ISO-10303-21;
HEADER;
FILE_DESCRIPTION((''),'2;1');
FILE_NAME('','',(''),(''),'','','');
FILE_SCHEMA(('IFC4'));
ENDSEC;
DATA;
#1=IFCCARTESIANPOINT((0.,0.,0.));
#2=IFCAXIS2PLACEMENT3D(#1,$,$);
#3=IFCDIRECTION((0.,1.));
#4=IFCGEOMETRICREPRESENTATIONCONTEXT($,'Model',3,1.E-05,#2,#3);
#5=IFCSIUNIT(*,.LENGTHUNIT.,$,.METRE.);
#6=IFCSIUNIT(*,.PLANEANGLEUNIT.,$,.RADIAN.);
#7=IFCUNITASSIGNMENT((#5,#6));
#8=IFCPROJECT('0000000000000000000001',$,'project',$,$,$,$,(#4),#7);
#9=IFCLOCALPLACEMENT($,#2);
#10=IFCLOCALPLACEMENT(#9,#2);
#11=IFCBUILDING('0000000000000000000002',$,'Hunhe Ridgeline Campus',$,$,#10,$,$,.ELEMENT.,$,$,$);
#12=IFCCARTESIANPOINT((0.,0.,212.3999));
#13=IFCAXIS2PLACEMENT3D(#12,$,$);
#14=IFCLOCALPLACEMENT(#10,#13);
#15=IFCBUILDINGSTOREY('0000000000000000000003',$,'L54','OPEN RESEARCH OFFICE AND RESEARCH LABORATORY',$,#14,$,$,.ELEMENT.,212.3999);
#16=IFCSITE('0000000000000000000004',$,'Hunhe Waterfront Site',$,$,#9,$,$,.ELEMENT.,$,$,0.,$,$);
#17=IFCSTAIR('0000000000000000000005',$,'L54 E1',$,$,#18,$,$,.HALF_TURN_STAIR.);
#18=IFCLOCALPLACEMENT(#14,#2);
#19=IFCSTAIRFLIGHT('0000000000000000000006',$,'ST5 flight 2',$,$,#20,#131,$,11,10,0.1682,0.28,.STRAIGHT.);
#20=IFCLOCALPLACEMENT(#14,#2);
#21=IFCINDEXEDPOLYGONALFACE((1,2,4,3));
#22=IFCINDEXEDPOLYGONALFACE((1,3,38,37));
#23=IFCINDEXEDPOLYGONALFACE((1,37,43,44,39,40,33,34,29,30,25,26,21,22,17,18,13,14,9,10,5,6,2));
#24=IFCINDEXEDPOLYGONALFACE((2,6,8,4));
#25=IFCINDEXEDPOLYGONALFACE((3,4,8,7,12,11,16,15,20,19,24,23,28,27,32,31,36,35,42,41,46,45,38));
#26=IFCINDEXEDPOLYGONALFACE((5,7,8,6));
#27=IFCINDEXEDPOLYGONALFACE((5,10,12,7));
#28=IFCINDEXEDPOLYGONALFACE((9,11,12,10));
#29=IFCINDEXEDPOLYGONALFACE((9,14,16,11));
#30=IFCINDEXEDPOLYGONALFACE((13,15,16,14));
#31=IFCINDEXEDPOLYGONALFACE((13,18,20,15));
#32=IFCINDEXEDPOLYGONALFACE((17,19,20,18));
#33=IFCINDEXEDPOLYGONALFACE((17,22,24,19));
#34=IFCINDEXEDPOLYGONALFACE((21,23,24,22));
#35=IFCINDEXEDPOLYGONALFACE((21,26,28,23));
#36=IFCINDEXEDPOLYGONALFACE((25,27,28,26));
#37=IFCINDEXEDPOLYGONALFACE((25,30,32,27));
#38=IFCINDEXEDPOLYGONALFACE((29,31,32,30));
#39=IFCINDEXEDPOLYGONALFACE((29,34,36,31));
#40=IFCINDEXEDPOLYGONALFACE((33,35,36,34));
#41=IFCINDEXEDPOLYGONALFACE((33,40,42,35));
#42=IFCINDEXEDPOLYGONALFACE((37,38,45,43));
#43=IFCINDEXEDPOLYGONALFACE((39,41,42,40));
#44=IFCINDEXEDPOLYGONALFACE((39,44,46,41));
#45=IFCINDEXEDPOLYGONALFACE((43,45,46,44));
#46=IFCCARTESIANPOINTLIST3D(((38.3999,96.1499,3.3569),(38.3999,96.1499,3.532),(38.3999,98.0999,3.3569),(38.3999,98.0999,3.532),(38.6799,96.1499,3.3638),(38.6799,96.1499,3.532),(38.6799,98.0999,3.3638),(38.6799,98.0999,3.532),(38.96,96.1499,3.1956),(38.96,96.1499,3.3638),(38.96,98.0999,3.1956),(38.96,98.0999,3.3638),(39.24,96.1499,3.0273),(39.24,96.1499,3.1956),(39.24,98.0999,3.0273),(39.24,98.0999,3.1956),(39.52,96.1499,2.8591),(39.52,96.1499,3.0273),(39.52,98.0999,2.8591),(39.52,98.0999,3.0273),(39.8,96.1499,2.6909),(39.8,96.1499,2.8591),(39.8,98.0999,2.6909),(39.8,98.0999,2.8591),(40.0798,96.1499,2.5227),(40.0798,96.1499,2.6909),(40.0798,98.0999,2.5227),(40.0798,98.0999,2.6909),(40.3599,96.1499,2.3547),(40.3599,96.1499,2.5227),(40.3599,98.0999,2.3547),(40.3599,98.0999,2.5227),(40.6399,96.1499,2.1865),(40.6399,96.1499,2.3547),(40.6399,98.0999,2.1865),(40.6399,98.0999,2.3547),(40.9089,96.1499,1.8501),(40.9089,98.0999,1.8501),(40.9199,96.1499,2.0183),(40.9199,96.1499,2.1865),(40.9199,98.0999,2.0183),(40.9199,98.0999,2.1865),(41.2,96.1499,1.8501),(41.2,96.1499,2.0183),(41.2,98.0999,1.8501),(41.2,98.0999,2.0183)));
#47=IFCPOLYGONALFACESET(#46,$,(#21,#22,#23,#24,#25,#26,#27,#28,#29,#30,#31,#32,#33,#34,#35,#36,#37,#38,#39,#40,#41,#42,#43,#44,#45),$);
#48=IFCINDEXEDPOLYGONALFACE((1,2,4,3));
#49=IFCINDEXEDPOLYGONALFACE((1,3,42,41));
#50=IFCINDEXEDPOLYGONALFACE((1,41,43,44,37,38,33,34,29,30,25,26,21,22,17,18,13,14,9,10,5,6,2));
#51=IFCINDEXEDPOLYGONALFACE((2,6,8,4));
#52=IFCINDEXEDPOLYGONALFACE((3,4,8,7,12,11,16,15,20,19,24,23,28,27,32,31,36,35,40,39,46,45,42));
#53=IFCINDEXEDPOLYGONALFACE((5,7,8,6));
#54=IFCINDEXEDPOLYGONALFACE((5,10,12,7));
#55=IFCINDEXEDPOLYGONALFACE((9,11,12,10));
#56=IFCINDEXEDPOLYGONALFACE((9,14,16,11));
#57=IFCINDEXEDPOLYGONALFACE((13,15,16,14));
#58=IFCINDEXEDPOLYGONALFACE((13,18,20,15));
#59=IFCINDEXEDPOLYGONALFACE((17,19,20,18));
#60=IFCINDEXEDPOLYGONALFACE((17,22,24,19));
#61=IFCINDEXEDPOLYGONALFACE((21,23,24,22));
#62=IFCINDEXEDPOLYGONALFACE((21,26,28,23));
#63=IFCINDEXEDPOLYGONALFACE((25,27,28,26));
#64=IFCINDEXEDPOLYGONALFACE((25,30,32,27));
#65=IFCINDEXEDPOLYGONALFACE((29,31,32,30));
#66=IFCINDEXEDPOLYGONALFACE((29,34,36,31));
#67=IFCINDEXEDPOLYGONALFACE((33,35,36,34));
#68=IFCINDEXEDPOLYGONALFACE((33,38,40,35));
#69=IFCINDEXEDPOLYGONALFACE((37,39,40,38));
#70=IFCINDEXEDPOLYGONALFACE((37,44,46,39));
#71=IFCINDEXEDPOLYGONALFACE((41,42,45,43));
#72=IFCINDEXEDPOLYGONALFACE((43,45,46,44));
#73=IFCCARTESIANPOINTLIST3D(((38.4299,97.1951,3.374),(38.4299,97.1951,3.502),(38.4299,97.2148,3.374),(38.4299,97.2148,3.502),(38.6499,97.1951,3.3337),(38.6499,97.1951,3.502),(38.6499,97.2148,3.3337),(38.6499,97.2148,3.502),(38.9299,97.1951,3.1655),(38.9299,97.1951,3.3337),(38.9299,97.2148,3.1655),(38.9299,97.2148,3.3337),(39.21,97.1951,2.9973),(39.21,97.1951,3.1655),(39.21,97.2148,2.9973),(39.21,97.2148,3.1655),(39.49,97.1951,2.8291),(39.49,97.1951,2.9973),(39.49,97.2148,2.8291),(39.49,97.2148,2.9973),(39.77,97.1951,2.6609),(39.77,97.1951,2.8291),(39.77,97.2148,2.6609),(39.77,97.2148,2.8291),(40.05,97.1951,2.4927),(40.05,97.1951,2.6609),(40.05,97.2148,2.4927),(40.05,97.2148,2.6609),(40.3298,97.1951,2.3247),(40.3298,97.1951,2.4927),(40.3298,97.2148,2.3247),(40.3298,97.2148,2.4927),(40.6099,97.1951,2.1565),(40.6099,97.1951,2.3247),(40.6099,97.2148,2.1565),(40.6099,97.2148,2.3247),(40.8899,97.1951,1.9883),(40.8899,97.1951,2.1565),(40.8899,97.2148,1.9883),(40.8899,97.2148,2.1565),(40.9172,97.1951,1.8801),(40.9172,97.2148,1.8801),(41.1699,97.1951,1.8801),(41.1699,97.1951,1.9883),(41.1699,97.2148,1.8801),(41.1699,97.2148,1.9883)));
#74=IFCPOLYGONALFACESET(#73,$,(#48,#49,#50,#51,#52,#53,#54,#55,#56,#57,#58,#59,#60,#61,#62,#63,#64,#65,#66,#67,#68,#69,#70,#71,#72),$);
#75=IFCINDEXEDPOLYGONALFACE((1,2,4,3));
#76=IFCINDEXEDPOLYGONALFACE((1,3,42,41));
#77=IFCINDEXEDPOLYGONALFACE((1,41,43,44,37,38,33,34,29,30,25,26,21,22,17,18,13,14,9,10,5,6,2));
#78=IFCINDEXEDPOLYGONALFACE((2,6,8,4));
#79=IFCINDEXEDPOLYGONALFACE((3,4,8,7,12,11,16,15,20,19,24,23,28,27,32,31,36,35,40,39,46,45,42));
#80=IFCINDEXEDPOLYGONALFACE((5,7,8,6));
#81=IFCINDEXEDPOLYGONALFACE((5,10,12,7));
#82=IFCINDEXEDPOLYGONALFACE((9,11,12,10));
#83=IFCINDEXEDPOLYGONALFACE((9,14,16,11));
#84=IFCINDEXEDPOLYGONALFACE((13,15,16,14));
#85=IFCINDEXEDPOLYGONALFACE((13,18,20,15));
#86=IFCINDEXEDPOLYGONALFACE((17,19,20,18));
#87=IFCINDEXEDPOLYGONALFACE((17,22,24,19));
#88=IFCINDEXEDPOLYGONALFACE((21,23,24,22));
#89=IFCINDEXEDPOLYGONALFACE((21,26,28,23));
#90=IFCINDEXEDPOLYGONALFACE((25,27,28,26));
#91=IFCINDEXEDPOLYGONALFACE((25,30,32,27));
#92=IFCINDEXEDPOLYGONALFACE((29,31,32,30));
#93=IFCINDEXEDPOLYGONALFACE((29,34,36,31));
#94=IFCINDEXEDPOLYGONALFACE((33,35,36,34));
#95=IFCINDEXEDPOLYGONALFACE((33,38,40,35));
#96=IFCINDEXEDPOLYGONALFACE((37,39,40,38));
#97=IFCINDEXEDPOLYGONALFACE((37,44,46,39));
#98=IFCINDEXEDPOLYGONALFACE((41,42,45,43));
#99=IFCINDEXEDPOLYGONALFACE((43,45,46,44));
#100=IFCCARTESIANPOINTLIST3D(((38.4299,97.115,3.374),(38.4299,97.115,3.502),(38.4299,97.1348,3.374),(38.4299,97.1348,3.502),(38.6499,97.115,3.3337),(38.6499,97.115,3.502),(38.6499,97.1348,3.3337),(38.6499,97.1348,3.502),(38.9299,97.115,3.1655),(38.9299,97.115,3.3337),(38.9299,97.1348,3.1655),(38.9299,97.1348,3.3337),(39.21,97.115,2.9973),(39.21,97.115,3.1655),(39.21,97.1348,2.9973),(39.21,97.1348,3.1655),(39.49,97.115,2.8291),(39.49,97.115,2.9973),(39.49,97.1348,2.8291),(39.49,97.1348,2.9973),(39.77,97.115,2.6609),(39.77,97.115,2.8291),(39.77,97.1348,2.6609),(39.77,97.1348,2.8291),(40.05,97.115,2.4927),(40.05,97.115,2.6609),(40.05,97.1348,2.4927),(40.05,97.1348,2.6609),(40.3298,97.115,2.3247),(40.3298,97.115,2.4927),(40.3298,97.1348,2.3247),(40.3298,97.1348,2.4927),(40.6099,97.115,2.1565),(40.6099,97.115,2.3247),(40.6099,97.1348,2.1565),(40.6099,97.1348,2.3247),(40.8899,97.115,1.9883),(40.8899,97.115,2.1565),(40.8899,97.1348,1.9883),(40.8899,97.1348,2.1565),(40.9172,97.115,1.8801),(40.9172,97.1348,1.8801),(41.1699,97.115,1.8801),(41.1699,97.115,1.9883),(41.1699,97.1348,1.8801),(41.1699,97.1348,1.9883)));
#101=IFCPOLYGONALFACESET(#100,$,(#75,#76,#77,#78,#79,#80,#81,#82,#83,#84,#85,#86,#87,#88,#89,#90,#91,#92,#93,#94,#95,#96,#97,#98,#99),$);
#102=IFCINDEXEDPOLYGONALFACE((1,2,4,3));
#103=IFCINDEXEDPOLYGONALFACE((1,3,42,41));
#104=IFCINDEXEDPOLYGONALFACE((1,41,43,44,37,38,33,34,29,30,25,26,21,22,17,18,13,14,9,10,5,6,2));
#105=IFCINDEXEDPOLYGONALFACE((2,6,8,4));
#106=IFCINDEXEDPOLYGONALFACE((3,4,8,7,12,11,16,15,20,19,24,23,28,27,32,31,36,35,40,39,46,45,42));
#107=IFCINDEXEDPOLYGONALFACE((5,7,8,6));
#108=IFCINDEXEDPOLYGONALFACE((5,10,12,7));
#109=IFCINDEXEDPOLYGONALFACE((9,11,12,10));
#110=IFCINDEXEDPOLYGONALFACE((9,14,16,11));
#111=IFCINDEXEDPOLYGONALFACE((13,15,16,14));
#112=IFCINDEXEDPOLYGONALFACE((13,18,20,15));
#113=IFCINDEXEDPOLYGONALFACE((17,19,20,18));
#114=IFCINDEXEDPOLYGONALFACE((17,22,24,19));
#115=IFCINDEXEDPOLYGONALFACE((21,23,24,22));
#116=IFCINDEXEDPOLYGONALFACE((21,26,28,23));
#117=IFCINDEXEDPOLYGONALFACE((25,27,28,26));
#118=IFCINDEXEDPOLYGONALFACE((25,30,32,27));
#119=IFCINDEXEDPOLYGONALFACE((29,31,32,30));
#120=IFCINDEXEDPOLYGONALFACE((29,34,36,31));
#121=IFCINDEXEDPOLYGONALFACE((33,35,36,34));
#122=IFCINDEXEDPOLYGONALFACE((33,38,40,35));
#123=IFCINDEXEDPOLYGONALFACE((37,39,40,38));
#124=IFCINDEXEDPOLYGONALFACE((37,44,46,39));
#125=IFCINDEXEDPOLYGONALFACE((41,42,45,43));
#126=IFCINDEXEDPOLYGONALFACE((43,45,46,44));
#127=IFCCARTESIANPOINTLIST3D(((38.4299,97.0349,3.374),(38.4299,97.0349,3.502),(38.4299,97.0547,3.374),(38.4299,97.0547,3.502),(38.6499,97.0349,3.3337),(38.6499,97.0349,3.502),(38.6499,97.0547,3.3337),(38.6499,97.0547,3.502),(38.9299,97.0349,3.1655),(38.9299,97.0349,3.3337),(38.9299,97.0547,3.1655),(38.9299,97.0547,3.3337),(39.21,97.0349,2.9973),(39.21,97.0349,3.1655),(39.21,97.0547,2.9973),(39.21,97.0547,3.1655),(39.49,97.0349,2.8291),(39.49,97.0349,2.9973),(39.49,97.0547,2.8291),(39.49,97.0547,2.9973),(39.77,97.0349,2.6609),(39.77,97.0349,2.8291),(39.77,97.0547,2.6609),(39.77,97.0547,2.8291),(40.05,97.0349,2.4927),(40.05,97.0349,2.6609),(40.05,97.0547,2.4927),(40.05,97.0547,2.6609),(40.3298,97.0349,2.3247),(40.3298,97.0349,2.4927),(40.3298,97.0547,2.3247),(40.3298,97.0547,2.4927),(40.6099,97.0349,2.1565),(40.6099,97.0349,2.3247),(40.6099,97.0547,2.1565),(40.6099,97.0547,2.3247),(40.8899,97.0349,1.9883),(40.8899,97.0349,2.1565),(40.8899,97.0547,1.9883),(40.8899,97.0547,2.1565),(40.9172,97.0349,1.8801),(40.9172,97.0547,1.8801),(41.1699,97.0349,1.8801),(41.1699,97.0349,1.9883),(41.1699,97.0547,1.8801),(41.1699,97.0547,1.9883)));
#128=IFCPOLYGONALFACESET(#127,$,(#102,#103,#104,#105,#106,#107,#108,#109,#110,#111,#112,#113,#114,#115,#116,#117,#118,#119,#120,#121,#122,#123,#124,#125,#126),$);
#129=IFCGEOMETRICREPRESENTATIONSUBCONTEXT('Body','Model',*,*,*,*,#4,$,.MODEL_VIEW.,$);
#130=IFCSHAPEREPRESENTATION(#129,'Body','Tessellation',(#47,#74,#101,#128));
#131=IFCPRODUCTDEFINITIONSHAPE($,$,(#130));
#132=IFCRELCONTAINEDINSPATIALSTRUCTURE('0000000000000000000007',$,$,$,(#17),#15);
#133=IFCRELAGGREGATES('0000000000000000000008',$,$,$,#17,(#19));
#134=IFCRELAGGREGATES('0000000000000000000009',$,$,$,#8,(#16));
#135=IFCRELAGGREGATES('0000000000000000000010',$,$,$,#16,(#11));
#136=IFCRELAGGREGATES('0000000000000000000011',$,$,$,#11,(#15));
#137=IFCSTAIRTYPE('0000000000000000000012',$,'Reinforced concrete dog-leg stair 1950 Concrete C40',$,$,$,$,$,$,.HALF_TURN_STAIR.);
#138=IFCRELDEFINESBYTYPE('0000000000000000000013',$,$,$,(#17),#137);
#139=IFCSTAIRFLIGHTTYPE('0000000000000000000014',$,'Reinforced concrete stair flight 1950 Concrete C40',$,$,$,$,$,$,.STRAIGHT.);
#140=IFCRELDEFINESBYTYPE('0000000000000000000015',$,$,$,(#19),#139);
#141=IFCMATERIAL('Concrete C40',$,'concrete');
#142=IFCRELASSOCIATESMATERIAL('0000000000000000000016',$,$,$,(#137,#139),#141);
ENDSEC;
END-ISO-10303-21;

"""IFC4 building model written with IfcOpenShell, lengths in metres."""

from ifc_helpers import new_model, si_unit, direction, frame, origin, place, context, subcontext, project, spatial, polyline, outline, extrude, material, type_object, element, aggregate, save


model = new_model("IFC4")

# Units and contexts
model_context = context("Model", 3, precision=1e-05, world=origin(), true_north=direction((0.0, 1.0)))
body_context = subcontext(model_context, "Body", "Model", "MODEL_VIEW")
ifc_project = project(units=[si_unit("LENGTHUNIT", "METRE"), si_unit("PLANEANGLEUNIT", "RADIAN")], contexts=[model_context])

# Site, building, storey
site_placement = place(None, origin())
site = spatial("IfcSite", under=ifc_project, at=site_placement, Name="Hunhe Waterfront Site", CompositionType="ELEMENT", RefElevation=0.0)
building_placement = place(site_placement, origin())
building = spatial("IfcBuilding", under=site, at=building_placement, Name="Hunhe Ridgeline Campus", CompositionType="ELEMENT")
storey_placement = place(building_placement, frame((0.0, 0.0, 212.3999)))
storey = spatial("IfcBuildingStorey", under=building, at=storey_placement, Name="L54", Description="OPEN RESEARCH OFFICE AND RESEARCH LABORATORY", CompositionType="ELEMENT", Elevation=212.3999)

# Stair, stair flight
ifc_material_1 = material(Name="Concrete C40", Category="concrete")
stair_type = type_object("IfcStairType", Name="Reinforced concrete dog-leg stair 1950 Concrete C40", PredefinedType="HALF_TURN_STAIR", material=ifc_material_1)
stair_placement = place(storey_placement, origin())
stair = element("IfcStair", 1, at=stair_placement, inside=storey, type_object=stair_type, Name="L54 E1", PredefinedType="HALF_TURN_STAIR")
stair_flight_type = type_object("IfcStairFlightType", Name="Reinforced concrete stair flight 1950 Concrete C40", PredefinedType="STRAIGHT", material=ifc_material_1)
stair_flight_1_placement = place(storey_placement, frame((41.2, 97.125, 1.8501), z_axis=(0.0, 0.0, 1.0), x_axis=(-1.0, 0.0, 0.0)))
stair_flight_1 = element("IfcStairFlight", 2, at=stair_flight_1_placement, type_object=stair_flight_type, Name="ST5 flight 2", NumberOfRisers=11, NumberOfTreads=10, PredefinedType="STRAIGHT", RiserHeight=0.1682, TreadLength=0.28, context=body_context, shape_type="SweptSolid", body=[
    extrude(outline(polyline([(0.0, 0.0), (0.0, 0.1682), (0.28, 0.1682), (0.28, 0.3364), (0.5601, 0.3364), (0.5601, 0.5046), (0.8401, 0.5046), (0.8401, 0.6726), (1.1201, 0.6726), (1.1201, 0.8408), (1.3999, 0.8408), (1.3999, 1.009), (1.6799, 1.009), (1.6799, 1.1772), (1.96, 1.1772), (1.96, 1.3455), (2.24, 1.3455), (2.24, 1.5137), (2.52, 1.5137), (2.52, 1.6819), (2.8, 1.6819), (2.8, 1.8501), (2.8, 1.5068), (0.291, 0.0), (0.0, 0.0)])), frame((0.0, 0.9751, 0.0), z_axis=(0.0, -1.0, 0.0), x_axis=(1.0, 0.0, 0.0)), (0.0, 0.0, 1.0), 1.95),
    extrude(outline(polyline([(0.03, 0.03), (0.03, 0.1382), (0.3101, 0.1382), (0.3101, 0.3064), (0.5901, 0.3064), (0.5901, 0.4746), (0.8701, 0.4746), (0.8701, 0.6426), (1.1499, 0.6426), (1.1499, 0.8108), (1.4299, 0.8108), (1.4299, 0.979), (1.71, 0.979), (1.71, 1.1472), (1.99, 1.1472), (1.99, 1.3154), (2.27, 1.3154), (2.27, 1.4836), (2.55, 1.4836), (2.55, 1.6519), (2.77, 1.6519), (2.77, 1.5239), (0.2827, 0.03), (0.03, 0.03)])), frame((0.0, -0.0701, 0.0), z_axis=(0.0, -1.0, 0.0), x_axis=(1.0, 0.0, 0.0)), (0.0, 0.0, 1.0), 0.0198),
    extrude(outline(polyline([(0.03, 0.03), (0.03, 0.1382), (0.3101, 0.1382), (0.3101, 0.3064), (0.5901, 0.3064), (0.5901, 0.4746), (0.8701, 0.4746), (0.8701, 0.6426), (1.1499, 0.6426), (1.1499, 0.8108), (1.4299, 0.8108), (1.4299, 0.979), (1.71, 0.979), (1.71, 1.1472), (1.99, 1.1472), (1.99, 1.3154), (2.27, 1.3154), (2.27, 1.4836), (2.55, 1.4836), (2.55, 1.6519), (2.77, 1.6519), (2.77, 1.5239), (0.2827, 0.03), (0.03, 0.03)])), frame((0.0, 0.01, 0.0), z_axis=(0.0, -1.0, 0.0), x_axis=(1.0, 0.0, 0.0)), (0.0, 0.0, 1.0), 0.0198),
    extrude(outline(polyline([(0.03, 0.03), (0.03, 0.1382), (0.3101, 0.1382), (0.3101, 0.3064), (0.5901, 0.3064), (0.5901, 0.4746), (0.8701, 0.4746), (0.8701, 0.6426), (1.1499, 0.6426), (1.1499, 0.8108), (1.4299, 0.8108), (1.4299, 0.979), (1.71, 0.979), (1.71, 1.1472), (1.99, 1.1472), (1.99, 1.3154), (2.27, 1.3154), (2.27, 1.4836), (2.55, 1.4836), (2.55, 1.6519), (2.77, 1.6519), (2.77, 1.5239), (0.2827, 0.03), (0.03, 0.03)])), frame((0.0, 0.0901, 0.0), z_axis=(0.0, -1.0, 0.0), x_axis=(1.0, 0.0, 0.0)), (0.0, 0.0, 1.0), 0.0198),
])
aggregate(stair, [stair_flight_1])

save(model, "model.ifc")
